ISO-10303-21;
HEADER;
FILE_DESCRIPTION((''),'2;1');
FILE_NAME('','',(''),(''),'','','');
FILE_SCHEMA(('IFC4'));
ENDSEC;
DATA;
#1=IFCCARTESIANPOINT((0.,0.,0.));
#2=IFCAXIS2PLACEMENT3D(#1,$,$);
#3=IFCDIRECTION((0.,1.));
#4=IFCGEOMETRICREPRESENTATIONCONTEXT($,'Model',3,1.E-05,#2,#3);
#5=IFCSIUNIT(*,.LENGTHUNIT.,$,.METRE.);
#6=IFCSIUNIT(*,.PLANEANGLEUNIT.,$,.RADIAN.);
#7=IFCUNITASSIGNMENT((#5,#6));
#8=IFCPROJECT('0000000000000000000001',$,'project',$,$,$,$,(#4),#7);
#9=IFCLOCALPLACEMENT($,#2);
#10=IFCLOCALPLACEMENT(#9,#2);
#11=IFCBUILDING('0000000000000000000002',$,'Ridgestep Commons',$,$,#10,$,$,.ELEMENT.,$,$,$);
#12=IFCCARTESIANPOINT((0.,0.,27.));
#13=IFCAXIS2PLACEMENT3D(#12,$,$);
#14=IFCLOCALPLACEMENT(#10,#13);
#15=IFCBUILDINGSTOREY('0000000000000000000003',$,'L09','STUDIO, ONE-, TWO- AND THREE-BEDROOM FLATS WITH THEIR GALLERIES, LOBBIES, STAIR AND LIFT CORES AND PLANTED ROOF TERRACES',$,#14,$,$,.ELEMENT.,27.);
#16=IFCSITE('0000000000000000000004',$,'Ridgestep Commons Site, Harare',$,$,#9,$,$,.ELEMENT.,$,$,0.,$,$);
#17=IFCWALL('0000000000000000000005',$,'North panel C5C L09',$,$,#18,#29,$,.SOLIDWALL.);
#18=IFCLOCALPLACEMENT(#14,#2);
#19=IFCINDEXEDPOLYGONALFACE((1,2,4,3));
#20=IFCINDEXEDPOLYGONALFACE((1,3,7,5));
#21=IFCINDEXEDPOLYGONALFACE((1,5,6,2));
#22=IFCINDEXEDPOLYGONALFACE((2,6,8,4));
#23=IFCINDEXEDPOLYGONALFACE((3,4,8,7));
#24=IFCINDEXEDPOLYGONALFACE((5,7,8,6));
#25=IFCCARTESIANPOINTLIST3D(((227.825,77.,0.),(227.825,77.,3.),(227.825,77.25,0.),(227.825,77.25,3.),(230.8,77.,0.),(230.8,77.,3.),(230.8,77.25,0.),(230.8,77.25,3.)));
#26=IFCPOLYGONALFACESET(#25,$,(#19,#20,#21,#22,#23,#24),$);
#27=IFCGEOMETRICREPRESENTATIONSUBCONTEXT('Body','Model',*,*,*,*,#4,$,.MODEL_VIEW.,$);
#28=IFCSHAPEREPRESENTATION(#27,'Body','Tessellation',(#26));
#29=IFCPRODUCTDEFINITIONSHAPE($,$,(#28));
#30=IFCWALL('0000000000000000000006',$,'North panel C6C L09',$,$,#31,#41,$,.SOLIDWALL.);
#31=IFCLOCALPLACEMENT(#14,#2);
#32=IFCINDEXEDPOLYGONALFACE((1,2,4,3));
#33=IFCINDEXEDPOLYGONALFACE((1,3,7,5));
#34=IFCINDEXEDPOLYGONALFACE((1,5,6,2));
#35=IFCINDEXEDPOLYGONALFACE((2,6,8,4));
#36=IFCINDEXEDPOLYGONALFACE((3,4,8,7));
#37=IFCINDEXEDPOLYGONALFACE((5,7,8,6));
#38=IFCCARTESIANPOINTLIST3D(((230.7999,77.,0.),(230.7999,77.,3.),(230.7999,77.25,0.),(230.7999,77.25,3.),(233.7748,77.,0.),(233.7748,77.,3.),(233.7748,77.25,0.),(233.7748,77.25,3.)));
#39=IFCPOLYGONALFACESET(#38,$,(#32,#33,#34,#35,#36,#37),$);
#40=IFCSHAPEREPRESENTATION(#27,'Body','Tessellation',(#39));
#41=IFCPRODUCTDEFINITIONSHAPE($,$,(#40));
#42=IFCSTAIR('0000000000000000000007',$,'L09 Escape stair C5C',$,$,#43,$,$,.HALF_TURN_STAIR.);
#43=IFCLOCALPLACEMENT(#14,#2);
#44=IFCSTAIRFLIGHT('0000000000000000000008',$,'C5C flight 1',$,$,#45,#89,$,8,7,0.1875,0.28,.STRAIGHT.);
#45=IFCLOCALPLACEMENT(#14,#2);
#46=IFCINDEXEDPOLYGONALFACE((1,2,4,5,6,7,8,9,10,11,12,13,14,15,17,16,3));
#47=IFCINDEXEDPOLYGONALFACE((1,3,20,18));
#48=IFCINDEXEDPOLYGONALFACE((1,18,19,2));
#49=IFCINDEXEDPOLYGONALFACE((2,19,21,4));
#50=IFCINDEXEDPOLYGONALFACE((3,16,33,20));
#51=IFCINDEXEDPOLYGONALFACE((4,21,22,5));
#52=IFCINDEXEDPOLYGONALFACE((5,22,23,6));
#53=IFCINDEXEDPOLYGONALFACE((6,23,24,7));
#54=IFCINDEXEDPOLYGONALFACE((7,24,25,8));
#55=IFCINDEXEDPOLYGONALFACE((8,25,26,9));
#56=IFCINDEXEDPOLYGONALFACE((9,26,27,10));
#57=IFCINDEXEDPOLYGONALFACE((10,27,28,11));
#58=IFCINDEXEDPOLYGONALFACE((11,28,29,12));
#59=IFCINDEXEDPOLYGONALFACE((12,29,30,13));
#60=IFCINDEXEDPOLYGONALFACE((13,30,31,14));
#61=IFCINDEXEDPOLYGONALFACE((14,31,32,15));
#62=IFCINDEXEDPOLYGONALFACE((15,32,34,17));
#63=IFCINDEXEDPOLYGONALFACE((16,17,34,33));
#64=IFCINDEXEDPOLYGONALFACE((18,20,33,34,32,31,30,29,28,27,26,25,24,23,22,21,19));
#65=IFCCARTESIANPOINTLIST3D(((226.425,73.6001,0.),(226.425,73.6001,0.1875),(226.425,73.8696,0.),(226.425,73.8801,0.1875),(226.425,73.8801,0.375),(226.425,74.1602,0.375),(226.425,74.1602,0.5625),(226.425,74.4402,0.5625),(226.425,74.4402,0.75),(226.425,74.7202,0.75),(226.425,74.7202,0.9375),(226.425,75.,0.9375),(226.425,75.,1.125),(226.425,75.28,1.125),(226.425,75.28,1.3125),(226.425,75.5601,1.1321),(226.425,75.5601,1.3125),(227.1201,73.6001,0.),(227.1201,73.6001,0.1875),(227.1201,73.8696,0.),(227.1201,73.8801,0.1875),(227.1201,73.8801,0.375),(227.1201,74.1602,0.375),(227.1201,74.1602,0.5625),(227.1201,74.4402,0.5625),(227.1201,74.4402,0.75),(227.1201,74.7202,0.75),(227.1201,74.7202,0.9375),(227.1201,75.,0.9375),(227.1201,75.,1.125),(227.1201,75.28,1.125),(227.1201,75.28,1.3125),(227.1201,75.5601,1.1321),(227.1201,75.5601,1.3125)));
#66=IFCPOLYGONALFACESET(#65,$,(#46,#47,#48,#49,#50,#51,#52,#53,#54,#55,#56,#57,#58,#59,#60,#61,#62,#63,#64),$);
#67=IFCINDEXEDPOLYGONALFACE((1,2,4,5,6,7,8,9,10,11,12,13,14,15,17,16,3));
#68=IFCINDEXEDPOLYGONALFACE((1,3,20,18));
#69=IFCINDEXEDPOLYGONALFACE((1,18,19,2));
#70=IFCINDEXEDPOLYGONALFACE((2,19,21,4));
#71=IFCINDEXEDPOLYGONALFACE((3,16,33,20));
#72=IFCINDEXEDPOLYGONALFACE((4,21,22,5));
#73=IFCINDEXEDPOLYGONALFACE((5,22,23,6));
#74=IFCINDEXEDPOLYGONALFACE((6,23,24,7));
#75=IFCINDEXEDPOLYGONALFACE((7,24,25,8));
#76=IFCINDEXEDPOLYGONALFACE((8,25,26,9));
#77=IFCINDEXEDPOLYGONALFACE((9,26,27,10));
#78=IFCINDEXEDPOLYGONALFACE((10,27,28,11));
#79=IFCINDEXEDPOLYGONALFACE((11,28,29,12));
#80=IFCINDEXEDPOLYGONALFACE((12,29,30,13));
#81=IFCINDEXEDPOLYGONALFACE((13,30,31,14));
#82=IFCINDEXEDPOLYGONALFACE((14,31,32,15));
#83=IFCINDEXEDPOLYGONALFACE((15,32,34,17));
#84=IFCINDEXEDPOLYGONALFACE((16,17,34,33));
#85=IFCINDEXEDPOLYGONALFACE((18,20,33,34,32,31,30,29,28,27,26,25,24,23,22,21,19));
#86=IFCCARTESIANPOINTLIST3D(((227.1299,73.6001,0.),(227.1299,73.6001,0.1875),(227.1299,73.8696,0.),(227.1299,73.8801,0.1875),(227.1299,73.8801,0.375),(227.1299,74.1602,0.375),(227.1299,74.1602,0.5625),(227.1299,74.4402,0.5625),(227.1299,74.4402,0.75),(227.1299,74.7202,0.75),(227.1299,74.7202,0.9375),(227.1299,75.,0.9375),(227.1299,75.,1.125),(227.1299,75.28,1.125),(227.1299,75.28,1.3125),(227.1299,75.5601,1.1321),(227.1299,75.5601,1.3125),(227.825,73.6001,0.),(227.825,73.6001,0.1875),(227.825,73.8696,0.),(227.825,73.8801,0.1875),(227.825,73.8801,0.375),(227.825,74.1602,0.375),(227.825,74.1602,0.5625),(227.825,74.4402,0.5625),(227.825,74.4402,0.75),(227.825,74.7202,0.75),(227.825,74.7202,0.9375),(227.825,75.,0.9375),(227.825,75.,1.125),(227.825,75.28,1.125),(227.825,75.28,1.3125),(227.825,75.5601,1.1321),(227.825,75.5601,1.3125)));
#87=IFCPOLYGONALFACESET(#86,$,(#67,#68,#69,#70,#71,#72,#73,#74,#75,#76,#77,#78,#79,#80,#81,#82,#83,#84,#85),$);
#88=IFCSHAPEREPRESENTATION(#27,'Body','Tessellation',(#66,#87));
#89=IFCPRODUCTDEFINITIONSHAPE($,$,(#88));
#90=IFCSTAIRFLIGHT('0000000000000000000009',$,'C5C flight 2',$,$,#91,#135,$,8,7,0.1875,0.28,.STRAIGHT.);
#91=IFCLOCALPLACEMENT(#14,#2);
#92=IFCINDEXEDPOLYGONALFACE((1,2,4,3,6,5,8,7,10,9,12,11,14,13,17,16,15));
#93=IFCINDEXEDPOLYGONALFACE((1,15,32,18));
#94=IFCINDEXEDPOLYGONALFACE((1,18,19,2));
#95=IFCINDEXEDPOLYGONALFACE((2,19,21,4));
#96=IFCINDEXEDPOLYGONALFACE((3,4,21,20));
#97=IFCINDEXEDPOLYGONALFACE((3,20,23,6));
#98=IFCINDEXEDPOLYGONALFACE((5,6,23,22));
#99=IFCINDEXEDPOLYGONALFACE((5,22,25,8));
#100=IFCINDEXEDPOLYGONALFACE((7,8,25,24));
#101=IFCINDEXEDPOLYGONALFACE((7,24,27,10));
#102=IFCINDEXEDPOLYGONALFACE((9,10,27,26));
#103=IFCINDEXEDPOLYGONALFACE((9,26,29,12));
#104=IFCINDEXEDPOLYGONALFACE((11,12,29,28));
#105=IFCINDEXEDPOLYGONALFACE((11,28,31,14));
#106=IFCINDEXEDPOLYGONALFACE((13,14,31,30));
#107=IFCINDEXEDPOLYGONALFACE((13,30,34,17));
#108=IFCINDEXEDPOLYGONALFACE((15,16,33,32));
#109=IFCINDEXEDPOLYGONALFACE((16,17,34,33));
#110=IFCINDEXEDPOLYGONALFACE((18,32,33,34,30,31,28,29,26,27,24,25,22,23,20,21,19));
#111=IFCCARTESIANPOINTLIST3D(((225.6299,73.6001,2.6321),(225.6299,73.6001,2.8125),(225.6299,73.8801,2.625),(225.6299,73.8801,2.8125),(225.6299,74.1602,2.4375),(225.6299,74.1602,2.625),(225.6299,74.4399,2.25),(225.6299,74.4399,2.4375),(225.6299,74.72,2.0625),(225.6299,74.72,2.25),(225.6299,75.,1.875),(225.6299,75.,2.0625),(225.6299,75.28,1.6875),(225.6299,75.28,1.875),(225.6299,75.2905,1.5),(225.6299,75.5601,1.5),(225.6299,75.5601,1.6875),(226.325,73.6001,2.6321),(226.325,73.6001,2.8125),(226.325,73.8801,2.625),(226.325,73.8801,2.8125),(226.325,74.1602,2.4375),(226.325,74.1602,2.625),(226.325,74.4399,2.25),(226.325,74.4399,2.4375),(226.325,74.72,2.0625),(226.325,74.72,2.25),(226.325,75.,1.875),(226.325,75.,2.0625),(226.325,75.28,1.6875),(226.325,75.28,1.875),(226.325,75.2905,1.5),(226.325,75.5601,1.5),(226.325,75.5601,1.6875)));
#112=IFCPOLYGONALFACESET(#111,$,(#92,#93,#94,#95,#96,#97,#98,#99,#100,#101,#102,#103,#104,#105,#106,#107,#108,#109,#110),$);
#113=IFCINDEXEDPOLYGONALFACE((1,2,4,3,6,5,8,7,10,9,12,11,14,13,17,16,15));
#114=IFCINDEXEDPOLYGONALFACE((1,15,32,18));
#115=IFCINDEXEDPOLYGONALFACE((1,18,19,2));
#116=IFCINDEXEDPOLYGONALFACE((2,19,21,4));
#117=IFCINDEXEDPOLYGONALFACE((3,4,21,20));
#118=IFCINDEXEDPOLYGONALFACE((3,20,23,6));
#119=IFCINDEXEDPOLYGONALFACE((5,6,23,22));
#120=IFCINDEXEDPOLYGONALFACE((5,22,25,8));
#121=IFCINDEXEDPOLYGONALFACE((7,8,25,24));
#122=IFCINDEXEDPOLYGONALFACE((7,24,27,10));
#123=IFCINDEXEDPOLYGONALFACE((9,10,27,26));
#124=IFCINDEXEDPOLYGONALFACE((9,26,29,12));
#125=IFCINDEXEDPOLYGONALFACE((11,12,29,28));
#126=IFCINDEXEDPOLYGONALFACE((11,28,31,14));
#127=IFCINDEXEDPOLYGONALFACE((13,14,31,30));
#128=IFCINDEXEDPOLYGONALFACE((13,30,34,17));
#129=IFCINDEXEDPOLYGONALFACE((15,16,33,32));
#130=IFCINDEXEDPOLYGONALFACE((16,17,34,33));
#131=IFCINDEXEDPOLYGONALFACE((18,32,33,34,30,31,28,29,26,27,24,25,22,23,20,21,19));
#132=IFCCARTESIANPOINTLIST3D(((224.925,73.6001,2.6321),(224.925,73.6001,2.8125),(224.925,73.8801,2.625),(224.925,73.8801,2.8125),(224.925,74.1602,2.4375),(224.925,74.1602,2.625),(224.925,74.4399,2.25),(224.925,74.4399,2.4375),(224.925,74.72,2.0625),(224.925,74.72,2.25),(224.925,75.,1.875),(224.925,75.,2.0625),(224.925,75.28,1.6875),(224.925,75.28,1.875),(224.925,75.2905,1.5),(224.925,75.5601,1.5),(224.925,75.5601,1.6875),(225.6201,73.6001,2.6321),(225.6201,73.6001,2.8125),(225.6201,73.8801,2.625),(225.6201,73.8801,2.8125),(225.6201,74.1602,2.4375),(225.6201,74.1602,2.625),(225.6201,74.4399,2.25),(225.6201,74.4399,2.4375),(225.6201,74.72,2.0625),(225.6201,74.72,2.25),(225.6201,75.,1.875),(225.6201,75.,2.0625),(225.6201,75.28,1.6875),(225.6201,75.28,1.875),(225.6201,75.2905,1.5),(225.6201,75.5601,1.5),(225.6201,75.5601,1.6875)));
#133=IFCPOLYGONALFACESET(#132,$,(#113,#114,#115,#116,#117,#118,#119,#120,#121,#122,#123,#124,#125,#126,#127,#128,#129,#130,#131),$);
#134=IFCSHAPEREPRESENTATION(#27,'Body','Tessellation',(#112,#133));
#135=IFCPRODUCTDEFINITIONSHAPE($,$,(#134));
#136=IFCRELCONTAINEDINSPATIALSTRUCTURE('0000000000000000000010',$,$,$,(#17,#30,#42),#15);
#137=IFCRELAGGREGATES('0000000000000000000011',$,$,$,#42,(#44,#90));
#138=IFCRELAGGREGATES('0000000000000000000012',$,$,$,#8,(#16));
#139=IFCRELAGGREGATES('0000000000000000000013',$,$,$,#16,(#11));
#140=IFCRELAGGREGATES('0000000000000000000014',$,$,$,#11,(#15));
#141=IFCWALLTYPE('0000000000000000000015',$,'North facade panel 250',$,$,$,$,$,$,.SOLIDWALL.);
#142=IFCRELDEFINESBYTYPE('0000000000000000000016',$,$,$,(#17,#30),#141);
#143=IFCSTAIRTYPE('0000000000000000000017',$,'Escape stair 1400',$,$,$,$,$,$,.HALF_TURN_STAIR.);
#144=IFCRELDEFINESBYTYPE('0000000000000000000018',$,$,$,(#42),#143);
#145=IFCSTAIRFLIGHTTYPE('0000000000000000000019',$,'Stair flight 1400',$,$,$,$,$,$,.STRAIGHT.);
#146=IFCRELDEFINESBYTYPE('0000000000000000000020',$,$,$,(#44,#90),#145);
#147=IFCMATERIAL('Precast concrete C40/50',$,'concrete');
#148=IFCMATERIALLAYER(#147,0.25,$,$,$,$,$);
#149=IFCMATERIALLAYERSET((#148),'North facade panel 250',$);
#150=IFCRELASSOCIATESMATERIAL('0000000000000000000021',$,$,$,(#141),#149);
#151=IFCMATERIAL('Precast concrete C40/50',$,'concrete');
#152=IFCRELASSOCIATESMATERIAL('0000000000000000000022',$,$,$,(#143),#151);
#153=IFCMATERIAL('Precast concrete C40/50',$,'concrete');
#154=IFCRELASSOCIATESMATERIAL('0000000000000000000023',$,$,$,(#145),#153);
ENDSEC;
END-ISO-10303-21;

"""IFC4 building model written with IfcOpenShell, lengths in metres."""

from ifc_helpers import new_model, si_unit, direction, frame, frame_2d, origin, place, context, subcontext, project, spatial, polyline, rectangle, outline, extrude, material, layer, layer_set, type_object, element, aggregate, save


model = new_model("IFC4")

# Units and contexts
model_context = context("Model", 3, precision=1e-05, world=origin(), true_north=direction((0.0, 1.0)))
body_context = subcontext(model_context, "Body", "Model", "MODEL_VIEW")
ifc_project = project(units=[si_unit("LENGTHUNIT", "METRE"), si_unit("PLANEANGLEUNIT", "RADIAN")], contexts=[model_context])

# Site, building, storey
site_placement = place(None, origin())
site = spatial("IfcSite", under=ifc_project, at=site_placement, Name="Ridgestep Commons Site, Harare", CompositionType="ELEMENT", RefElevation=0.0)
building_placement = place(site_placement, origin())
building = spatial("IfcBuilding", under=site, at=building_placement, Name="Ridgestep Commons", CompositionType="ELEMENT")
storey_placement = place(building_placement, frame((0.0, 0.0, 27.0)))
storey = spatial("IfcBuildingStorey", under=building, at=storey_placement, Name="L09", Description="STUDIO, ONE-, TWO- AND THREE-BEDROOM FLATS WITH THEIR GALLERIES, LOBBIES, STAIR AND LIFT CORES AND PLANTED ROOF TERRACES", CompositionType="ELEMENT", Elevation=27.0)

# Walls
ifc_material_1 = material(Name="Precast concrete C40/50", Category="concrete")
ifc_layer_1 = layer(ifc_material_1, 0.25)
ifc_layer_set_1 = layer_set([ifc_layer_1], Name="North facade panel 250")
wall_type_1 = type_object("IfcWallType", Name="North facade panel 250", PredefinedType="SOLIDWALL", material=ifc_layer_set_1)
wall_1_placement = place(storey_placement, frame((227.825, 77.125, 0.0), z_axis=(0.0, 0.0, 1.0), x_axis=(1.0, 0.0, 0.0)))
element("IfcWall", 1, at=wall_1_placement, inside=storey, type_object=wall_type_1, Name="North panel C5C L09", PredefinedType="SOLIDWALL", context=body_context, shape_type="SweptSolid", body=[
    extrude(rectangle(XDim=2.9751, YDim=0.25, at=frame_2d((1.4875, 0.0))), origin(), (0.0, 0.0, 1.0), 3.0),
])
wall_2_placement = place(storey_placement, frame((230.8, 77.125, 0.0), z_axis=(0.0, 0.0, 1.0), x_axis=(1.0, 0.0, 0.0)))
element("IfcWall", 2, at=wall_2_placement, inside=storey, type_object=wall_type_1, Name="North panel C6C L09", PredefinedType="SOLIDWALL", context=body_context, shape_type="SweptSolid", body=[
    extrude(rectangle(XDim=2.9749, YDim=0.25, at=frame_2d((1.4873, 0.0))), origin(), (0.0, 0.0, 1.0), 3.0),
])

# Stair, stair flights
ifc_material_2 = material(Name="Precast concrete C40/50", Category="concrete")
stair_type = type_object("IfcStairType", Name="Escape stair 1400", PredefinedType="HALF_TURN_STAIR", material=ifc_material_2)
stair_placement = place(storey_placement, origin())
stair = element("IfcStair", 3, at=stair_placement, inside=storey, type_object=stair_type, Name="L09 Escape stair C5C", PredefinedType="HALF_TURN_STAIR")
ifc_material_3 = material(Name="Precast concrete C40/50", Category="concrete")
stair_flight_type = type_object("IfcStairFlightType", Name="Stair flight 1400", PredefinedType="STRAIGHT", material=ifc_material_3)
stair_flight_1_placement = place(storey_placement, frame((227.125, 73.6001, 0.0), z_axis=(0.0, 0.0, 1.0), x_axis=(0.0, 1.0, 0.0)))
stair_flight_1 = element("IfcStairFlight", 4, at=stair_flight_1_placement, type_object=stair_flight_type, Name="C5C flight 1", NumberOfRisers=8, NumberOfTreads=7, PredefinedType="STRAIGHT", RiserHeight=0.1875, TreadLength=0.28, context=body_context, shape_type="SweptSolid", body=[
    extrude(outline(polyline([(0.0, 0.0), (0.0, 0.1875), (0.28, 0.1875), (0.28, 0.375), (0.5601, 0.375), (0.5601, 0.5625), (0.8401, 0.5625), (0.8401, 0.75), (1.1201, 0.75), (1.1201, 0.9375), (1.3999, 0.9375), (1.3999, 1.125), (1.6799, 1.125), (1.6799, 1.3125), (1.96, 1.3125), (1.96, 1.5), (1.96, 1.1321), (0.2695, 0.0), (0.0, 0.0)])), frame((0.0, 0.7, 0.0), z_axis=(0.0, -1.0, 0.0), x_axis=(1.0, 0.0, 0.0)), (0.0, 0.0, 1.0), 0.6951),
    extrude(outline(polyline([(0.0, 0.0), (0.0, 0.1875), (0.28, 0.1875), (0.28, 0.375), (0.5601, 0.375), (0.5601, 0.5625), (0.8401, 0.5625), (0.8401, 0.75), (1.1201, 0.75), (1.1201, 0.9375), (1.3999, 0.9375), (1.3999, 1.125), (1.6799, 1.125), (1.6799, 1.3125), (1.96, 1.3125), (1.96, 1.5), (1.96, 1.1321), (0.2695, 0.0), (0.0, 0.0)])), frame((0.0, -0.0049, 0.0), z_axis=(0.0, -1.0, 0.0), x_axis=(1.0, 0.0, 0.0)), (0.0, 0.0, 1.0), 0.6951),
])
stair_flight_2_placement = place(storey_placement, frame((225.625, 75.5601, 1.5), z_axis=(0.0, 0.0, 1.0), x_axis=(0.0, -1.0, 0.0)))
stair_flight_2 = element("IfcStairFlight", 5, at=stair_flight_2_placement, type_object=stair_flight_type, Name="C5C flight 2", NumberOfRisers=8, NumberOfTreads=7, PredefinedType="STRAIGHT", RiserHeight=0.1875, TreadLength=0.28, context=body_context, shape_type="SweptSolid", body=[
    extrude(outline(polyline([(0.0, 0.0), (0.0, 0.1875), (0.28, 0.1875), (0.28, 0.375), (0.5601, 0.375), (0.5601, 0.5625), (0.8401, 0.5625), (0.8401, 0.75), (1.1201, 0.75), (1.1201, 0.9375), (1.3999, 0.9375), (1.3999, 1.125), (1.6799, 1.125), (1.6799, 1.3125), (1.96, 1.3125), (1.96, 1.5), (1.96, 1.1321), (0.2695, 0.0), (0.0, 0.0)])), frame((0.0, 0.7, 0.0), z_axis=(0.0, -1.0, 0.0), x_axis=(1.0, 0.0, 0.0)), (0.0, 0.0, 1.0), 0.6951),
    extrude(outline(polyline([(0.0, 0.0), (0.0, 0.1875), (0.28, 0.1875), (0.28, 0.375), (0.5601, 0.375), (0.5601, 0.5625), (0.8401, 0.5625), (0.8401, 0.75), (1.1201, 0.75), (1.1201, 0.9375), (1.3999, 0.9375), (1.3999, 1.125), (1.6799, 1.125), (1.6799, 1.3125), (1.96, 1.3125), (1.96, 1.5), (1.96, 1.1321), (0.2695, 0.0), (0.0, 0.0)])), frame((0.0, -0.0049, 0.0), z_axis=(0.0, -1.0, 0.0), x_axis=(1.0, 0.0, 0.0)), (0.0, 0.0, 1.0), 0.6951),
])
aggregate(stair, [stair_flight_1, stair_flight_2])

save(model, "model.ifc")
